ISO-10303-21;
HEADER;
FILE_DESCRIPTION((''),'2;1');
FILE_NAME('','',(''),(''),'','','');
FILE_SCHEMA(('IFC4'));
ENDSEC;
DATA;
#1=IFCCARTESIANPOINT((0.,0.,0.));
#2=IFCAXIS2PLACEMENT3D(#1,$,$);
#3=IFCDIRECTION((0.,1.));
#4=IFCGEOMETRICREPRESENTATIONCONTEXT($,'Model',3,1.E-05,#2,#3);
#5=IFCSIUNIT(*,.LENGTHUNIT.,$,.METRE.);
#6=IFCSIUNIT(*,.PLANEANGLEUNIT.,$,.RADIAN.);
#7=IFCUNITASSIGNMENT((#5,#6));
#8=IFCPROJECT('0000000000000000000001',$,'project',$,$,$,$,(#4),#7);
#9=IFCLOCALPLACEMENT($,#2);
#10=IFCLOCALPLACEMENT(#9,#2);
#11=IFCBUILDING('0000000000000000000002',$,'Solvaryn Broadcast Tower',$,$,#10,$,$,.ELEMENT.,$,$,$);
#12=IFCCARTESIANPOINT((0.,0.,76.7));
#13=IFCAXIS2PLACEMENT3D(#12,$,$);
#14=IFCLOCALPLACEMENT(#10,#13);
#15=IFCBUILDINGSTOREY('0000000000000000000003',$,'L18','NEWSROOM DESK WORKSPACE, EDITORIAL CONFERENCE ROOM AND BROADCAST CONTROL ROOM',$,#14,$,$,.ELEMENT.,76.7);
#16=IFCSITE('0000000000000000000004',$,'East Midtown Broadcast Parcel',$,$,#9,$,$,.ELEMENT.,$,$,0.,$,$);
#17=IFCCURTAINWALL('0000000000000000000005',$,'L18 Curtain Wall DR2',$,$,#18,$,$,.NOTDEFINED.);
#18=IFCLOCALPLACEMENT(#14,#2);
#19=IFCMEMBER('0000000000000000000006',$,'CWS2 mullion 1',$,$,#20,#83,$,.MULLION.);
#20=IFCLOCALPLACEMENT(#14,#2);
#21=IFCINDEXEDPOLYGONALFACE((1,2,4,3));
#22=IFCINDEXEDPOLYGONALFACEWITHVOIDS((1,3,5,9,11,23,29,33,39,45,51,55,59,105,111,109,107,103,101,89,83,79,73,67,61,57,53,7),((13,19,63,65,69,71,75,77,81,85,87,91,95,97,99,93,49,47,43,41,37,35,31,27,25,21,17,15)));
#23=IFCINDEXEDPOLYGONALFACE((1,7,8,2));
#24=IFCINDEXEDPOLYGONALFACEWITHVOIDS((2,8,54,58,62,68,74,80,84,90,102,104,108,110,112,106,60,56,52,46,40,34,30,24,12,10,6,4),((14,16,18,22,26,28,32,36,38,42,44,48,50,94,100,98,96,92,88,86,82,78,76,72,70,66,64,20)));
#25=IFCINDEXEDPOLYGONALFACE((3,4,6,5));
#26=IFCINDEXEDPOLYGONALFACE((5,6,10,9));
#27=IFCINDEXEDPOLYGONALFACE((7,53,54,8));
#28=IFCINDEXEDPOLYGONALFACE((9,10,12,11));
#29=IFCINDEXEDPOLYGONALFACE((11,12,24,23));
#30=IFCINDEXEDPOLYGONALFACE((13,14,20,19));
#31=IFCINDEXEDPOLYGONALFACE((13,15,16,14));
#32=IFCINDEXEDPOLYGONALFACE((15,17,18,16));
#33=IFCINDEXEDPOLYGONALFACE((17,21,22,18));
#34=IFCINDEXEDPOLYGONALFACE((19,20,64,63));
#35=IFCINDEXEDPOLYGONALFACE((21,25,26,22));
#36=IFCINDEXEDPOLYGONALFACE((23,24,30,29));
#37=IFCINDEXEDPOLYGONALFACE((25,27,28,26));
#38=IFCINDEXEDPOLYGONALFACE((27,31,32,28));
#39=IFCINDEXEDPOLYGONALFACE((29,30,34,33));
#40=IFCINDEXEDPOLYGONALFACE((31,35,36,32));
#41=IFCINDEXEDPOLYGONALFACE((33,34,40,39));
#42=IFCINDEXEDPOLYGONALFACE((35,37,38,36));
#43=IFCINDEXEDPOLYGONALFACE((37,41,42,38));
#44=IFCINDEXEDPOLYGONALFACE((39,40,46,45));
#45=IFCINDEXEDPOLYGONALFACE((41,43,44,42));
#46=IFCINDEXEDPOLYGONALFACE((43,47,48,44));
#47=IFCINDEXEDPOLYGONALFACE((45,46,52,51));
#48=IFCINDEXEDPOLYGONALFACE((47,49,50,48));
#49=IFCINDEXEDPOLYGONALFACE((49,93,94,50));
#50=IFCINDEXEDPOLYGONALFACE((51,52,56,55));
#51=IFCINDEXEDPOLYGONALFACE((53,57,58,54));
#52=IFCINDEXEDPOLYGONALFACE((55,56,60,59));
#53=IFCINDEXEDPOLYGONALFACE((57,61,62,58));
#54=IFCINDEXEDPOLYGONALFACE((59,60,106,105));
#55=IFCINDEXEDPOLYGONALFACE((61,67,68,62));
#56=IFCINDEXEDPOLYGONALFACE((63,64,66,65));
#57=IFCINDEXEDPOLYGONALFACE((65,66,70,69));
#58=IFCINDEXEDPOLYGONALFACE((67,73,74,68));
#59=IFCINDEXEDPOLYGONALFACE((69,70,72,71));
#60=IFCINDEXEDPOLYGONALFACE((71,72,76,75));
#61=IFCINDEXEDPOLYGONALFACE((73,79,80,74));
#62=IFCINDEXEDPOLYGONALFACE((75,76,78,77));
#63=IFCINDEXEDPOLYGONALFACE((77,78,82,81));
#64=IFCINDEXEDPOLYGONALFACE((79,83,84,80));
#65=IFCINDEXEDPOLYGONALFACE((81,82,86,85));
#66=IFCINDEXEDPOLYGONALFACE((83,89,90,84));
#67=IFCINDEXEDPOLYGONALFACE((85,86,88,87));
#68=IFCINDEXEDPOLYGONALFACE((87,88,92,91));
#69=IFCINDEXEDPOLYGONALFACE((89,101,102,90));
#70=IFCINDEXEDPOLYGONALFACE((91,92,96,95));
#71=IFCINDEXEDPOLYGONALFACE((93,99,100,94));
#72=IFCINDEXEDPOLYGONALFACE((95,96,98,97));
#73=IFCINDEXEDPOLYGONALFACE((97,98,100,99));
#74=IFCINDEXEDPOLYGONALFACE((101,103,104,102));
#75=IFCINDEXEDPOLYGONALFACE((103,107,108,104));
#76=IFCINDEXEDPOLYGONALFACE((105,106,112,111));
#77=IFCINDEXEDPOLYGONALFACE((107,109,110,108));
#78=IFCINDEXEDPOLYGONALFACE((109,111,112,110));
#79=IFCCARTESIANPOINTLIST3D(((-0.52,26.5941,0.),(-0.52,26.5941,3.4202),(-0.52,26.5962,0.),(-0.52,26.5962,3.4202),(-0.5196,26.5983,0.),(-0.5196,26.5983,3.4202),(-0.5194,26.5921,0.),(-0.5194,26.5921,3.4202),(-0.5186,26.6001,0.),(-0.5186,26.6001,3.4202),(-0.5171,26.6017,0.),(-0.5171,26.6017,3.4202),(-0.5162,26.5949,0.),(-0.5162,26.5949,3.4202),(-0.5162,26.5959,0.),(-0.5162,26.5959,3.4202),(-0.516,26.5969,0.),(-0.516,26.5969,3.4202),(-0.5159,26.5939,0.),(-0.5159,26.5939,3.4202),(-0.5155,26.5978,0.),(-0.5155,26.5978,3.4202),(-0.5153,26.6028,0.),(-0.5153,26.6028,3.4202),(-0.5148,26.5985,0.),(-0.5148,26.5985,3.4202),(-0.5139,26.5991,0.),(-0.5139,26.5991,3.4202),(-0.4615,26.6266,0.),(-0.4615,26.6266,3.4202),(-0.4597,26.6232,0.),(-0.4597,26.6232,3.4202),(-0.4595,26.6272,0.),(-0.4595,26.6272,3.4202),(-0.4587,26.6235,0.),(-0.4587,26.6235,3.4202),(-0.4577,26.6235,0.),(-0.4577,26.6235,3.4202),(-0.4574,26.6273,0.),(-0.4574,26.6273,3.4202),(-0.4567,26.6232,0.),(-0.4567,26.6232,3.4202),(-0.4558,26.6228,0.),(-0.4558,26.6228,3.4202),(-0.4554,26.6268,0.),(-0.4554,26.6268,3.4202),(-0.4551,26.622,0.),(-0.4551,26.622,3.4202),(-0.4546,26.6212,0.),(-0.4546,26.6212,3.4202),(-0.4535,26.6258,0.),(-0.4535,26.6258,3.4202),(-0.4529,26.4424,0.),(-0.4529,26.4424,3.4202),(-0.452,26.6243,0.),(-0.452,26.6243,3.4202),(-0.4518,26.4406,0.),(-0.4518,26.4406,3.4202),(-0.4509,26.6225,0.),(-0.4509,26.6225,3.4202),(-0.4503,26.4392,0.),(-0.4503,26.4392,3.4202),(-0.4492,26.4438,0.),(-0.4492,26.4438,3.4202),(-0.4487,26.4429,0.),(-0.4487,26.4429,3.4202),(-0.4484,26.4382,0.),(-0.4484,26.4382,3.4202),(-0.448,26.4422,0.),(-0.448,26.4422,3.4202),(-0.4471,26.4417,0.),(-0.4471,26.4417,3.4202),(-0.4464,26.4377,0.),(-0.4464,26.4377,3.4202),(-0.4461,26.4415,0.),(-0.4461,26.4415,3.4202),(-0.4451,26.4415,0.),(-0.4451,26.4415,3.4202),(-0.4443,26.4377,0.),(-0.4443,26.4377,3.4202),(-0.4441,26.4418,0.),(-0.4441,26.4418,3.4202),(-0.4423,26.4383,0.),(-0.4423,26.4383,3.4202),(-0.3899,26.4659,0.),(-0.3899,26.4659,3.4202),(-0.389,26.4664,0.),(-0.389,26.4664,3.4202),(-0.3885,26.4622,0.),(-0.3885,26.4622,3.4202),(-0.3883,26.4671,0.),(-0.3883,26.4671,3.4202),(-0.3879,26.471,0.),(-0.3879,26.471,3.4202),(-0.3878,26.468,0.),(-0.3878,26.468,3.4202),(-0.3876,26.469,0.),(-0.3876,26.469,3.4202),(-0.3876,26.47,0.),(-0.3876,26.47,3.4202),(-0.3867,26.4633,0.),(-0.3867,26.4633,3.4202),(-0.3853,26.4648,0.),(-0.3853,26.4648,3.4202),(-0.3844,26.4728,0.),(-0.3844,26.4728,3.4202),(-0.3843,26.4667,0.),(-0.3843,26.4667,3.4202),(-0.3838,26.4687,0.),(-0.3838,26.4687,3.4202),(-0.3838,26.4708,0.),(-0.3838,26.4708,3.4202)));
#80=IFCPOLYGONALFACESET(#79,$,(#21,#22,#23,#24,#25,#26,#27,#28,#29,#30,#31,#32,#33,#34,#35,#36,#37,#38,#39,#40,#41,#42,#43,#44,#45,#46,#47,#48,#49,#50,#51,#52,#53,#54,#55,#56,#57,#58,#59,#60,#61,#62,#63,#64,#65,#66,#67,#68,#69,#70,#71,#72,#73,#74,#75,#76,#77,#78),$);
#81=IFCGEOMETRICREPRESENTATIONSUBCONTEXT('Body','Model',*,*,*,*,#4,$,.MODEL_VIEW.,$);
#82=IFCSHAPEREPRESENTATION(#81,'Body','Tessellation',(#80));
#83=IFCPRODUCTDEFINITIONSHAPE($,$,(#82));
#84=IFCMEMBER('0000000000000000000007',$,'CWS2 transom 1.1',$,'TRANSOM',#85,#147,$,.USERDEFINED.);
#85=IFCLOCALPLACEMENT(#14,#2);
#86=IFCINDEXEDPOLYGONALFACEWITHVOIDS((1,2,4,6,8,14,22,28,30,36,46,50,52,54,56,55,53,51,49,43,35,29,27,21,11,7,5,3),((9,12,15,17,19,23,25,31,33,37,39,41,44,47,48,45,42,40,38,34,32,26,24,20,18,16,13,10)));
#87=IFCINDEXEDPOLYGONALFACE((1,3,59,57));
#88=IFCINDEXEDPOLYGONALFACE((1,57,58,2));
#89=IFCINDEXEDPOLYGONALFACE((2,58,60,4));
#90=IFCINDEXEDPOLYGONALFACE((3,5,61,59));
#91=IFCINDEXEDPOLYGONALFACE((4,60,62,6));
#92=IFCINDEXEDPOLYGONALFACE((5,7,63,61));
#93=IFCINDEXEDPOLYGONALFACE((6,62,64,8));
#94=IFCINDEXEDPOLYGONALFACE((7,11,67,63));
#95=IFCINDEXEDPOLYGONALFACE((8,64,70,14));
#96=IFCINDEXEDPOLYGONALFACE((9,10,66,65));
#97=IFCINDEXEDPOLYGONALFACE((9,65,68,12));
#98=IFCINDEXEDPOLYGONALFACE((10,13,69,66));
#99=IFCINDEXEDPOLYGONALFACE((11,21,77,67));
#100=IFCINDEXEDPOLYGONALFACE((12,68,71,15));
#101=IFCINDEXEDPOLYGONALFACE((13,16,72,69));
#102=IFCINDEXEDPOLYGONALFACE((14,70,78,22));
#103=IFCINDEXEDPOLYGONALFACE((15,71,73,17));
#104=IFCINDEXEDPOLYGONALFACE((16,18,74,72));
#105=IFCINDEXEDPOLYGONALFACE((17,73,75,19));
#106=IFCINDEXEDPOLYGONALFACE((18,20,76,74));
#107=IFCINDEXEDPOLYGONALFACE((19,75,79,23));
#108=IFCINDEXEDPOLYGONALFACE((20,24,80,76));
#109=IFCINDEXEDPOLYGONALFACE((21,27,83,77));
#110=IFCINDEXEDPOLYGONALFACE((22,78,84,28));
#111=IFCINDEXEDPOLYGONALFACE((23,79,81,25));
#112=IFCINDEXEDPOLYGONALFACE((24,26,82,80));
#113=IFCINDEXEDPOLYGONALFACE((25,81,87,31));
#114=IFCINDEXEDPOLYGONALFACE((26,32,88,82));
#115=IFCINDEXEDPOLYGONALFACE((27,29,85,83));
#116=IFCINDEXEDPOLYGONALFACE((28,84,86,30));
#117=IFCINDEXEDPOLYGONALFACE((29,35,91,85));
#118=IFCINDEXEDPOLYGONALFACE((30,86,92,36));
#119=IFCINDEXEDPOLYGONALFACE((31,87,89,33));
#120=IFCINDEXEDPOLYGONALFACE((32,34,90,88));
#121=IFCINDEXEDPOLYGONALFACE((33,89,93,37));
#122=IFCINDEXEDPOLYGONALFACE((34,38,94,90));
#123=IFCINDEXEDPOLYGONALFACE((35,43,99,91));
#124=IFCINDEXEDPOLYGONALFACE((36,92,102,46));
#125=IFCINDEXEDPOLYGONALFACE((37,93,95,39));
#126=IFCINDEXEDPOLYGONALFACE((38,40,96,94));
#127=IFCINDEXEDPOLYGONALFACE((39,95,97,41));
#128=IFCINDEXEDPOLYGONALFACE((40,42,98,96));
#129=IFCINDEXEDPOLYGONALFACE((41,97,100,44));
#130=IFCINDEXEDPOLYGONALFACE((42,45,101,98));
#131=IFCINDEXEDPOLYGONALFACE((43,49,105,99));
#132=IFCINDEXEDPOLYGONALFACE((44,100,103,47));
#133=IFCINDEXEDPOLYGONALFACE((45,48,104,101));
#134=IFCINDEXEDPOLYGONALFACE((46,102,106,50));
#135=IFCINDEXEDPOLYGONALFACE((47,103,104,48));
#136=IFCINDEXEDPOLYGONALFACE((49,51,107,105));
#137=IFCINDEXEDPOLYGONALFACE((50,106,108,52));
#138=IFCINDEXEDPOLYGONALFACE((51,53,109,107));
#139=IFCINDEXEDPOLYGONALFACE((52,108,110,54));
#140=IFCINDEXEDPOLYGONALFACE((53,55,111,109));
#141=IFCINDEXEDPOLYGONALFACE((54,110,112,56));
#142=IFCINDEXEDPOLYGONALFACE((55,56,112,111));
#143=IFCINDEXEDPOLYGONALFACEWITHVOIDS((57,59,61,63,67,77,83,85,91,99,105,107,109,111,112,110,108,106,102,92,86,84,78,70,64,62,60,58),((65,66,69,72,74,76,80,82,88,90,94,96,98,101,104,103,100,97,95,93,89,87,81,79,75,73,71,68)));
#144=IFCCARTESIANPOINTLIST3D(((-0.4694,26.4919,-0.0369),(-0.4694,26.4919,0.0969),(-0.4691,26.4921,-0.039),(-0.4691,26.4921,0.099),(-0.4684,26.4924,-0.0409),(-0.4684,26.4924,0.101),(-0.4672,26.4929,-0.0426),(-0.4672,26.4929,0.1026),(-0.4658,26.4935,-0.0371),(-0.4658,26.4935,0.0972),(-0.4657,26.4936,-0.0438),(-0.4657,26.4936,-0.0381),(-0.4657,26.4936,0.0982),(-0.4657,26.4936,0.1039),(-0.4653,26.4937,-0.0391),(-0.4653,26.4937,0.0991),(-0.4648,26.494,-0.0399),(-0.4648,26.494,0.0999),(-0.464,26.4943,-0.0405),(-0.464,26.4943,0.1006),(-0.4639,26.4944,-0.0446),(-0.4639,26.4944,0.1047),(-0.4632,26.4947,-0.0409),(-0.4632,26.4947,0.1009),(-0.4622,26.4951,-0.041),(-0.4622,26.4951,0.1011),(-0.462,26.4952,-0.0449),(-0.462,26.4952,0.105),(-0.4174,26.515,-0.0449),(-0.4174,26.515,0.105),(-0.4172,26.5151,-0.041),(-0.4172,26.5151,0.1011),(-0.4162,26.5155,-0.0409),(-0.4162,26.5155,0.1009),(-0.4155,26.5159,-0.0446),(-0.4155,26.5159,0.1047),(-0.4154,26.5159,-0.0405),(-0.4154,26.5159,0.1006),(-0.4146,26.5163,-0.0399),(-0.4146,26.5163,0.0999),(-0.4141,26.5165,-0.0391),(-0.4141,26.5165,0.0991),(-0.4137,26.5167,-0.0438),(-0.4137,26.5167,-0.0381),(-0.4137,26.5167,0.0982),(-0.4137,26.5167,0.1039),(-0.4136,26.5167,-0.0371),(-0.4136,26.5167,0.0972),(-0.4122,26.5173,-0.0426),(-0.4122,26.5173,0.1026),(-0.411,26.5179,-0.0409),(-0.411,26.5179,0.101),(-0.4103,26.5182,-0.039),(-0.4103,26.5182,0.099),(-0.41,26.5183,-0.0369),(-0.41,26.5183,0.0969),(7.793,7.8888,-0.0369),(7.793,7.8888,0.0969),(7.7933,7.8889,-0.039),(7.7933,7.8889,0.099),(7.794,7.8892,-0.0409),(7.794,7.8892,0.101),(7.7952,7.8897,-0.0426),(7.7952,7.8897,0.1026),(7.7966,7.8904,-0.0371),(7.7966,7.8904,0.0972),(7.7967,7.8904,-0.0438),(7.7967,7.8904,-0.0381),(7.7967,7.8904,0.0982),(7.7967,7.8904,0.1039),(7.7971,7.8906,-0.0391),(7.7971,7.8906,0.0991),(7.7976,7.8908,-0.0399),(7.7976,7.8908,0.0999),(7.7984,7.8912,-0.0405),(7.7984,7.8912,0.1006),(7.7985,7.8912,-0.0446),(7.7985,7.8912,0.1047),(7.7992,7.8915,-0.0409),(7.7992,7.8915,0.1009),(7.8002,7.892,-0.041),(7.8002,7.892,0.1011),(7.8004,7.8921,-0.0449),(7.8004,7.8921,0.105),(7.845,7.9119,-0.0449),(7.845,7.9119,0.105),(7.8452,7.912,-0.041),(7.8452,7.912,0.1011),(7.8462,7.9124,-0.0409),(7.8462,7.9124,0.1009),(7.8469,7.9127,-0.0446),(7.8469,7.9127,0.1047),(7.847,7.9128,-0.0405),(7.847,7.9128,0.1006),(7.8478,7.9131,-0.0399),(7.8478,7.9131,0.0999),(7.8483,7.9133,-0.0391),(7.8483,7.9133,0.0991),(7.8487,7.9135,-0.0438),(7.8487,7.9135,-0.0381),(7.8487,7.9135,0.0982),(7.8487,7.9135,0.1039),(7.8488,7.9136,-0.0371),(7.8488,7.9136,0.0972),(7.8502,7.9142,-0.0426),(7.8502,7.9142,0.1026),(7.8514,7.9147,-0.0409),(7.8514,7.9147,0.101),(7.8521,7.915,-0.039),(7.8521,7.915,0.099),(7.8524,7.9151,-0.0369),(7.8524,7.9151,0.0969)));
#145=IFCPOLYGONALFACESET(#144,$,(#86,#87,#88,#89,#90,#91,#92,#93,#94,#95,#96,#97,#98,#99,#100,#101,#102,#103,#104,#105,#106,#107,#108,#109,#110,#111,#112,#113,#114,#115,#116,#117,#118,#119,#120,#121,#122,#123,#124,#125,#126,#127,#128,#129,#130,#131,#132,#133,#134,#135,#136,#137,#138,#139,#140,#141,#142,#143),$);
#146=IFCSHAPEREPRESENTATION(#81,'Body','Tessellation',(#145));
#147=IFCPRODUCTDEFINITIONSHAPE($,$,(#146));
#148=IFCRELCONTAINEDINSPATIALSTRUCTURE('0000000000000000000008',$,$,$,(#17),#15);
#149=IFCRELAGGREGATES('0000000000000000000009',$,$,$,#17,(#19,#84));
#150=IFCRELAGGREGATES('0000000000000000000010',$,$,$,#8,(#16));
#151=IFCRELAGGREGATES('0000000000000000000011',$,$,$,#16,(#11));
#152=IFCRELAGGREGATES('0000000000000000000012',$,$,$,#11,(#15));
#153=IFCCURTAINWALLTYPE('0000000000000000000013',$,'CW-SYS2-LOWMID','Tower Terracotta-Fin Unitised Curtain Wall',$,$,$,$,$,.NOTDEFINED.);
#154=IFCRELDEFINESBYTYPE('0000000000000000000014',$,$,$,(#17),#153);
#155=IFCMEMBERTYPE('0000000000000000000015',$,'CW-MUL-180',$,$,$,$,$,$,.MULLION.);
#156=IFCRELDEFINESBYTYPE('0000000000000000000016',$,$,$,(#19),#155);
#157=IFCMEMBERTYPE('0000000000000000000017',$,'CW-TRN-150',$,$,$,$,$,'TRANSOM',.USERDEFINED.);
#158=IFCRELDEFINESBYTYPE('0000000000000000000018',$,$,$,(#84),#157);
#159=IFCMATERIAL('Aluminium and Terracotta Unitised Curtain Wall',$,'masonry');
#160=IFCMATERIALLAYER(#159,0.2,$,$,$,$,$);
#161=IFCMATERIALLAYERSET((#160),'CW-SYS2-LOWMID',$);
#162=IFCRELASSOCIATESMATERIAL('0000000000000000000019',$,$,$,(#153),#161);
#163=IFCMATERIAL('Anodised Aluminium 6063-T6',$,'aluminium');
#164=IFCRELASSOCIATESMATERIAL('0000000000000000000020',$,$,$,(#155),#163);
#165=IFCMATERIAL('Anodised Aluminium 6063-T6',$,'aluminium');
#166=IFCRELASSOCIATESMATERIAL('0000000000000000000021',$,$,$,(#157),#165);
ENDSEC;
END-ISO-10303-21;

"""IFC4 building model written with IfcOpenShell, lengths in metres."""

from ifc_helpers import new_model, si_unit, direction, frame, origin, origin_2d, place, context, subcontext, project, spatial, hollow_rectangle, extrude, material, layer, layer_set, material_profile, profile_set, type_object, element, aggregate, save


model = new_model("IFC4")

# Units and contexts
model_context = context("Model", 3, precision=1e-05, world=origin(), true_north=direction((0.0, 1.0)))
body_context = subcontext(model_context, "Body", "Model", "MODEL_VIEW")
ifc_project = project(units=[si_unit("LENGTHUNIT", "METRE"), si_unit("PLANEANGLEUNIT", "RADIAN")], contexts=[model_context])

# Site, building, storey
site_placement = place(None, origin())
site = spatial("IfcSite", under=ifc_project, at=site_placement, Name="East Midtown Broadcast Parcel", CompositionType="ELEMENT", RefElevation=0.0)
building_placement = place(site_placement, origin())
building = spatial("IfcBuilding", under=site, at=building_placement, Name="Solvaryn Broadcast Tower", CompositionType="ELEMENT")
storey_placement = place(building_placement, frame((0.0, 0.0, 76.7)))
storey = spatial("IfcBuildingStorey", under=building, at=storey_placement, Name="L18", Description="NEWSROOM DESK WORKSPACE, EDITORIAL CONFERENCE ROOM AND BROADCAST CONTROL ROOM", CompositionType="ELEMENT", Elevation=76.7)

# Shared definitions
ifc_material_1 = material(Name="Aluminium and Terracotta Unitised Curtain Wall", Category="masonry")
ifc_layer_1 = layer(ifc_material_1, 0.2)
ifc_layer_set_1 = layer_set([ifc_layer_1], Name="CW-SYS2-LOWMID")
curtain_wall_type = type_object("IfcCurtainWallType", Name="CW-SYS2-LOWMID", Description="Tower Terracotta-Fin Unitised Curtain Wall", PredefinedType="NOTDEFINED", material=ifc_layer_set_1)
ifc_material_2 = material(Name="Anodised Aluminium 6063-T6", Category="aluminium")
ifc_material_profile_1 = material_profile(ifc_material_2, hollow_rectangle(XDim=0.075, YDim=0.1799, WallThickness=0.0039, InnerFilletRadius=0.0039, OuterFilletRadius=0.0081, at=origin_2d()))
ifc_profile_set_1 = profile_set([ifc_material_profile_1], Name="Anodised Aluminium 6063-T6")
member_type_1 = type_object("IfcMemberType", Name="CW-MUL-180", PredefinedType="MULLION", material=ifc_profile_set_1)

# Curtain wall, members
curtain_wall_1_placement = place(storey_placement, origin())
curtain_wall_1 = element("IfcCurtainWall", 1, at=curtain_wall_1_placement, inside=storey, type_object=curtain_wall_type, Name="L18 Curtain Wall DR2", PredefinedType="NOTDEFINED")
member_1_placement = place(storey_placement, frame((-0.4519, 26.5325, 0.0), z_axis=(0.0, 0.0, 1.0), x_axis=(0.913918, 0.405898, 0.0)))
member_1 = element("IfcMember", 2, at=member_1_placement, type_object=member_type_1, Name="CWS2 mullion 1", PredefinedType="MULLION", context=body_context, shape_type="SweptSolid", body=[
    extrude(hollow_rectangle(XDim=0.075, YDim=0.1799, WallThickness=0.0039, InnerFilletRadius=0.0039, OuterFilletRadius=0.0081, at=origin_2d()), origin(), (0.0, 0.0, 1.0), 3.4202),
])
ifc_material_3 = material(Name="Anodised Aluminium 6063-T6", Category="aluminium")
ifc_material_profile_2 = material_profile(ifc_material_3, hollow_rectangle(XDim=0.0649, YDim=0.1499, WallThickness=0.0039, InnerFilletRadius=0.0039, OuterFilletRadius=0.0081, at=origin_2d()))
ifc_profile_set_2 = profile_set([ifc_material_profile_2], Name="Anodised Aluminium 6063-T6")
member_type_2 = type_object("IfcMemberType", Name="CW-TRN-150", ElementType="TRANSOM", PredefinedType="USERDEFINED", material=ifc_profile_set_2)
member_2_placement = place(storey_placement, frame((-0.4397, 26.5051, 0.03), z_axis=(0.405906, -0.913915, 0.0), x_axis=(0.913915, 0.405906, 0.0)))
member_2 = element("IfcMember", 3, at=member_2_placement, type_object=member_type_2, Name="CWS2 transom 1.1", ObjectType="TRANSOM", PredefinedType="USERDEFINED", context=body_context, shape_type="SweptSolid", body=[
    extrude(hollow_rectangle(XDim=0.0649, YDim=0.1499, WallThickness=0.0039, InnerFilletRadius=0.0039, OuterFilletRadius=0.0081, at=origin_2d()), origin(), (0.0, 0.0, 1.0), 20.3555),
])
aggregate(curtain_wall_1, [member_1, member_2])

save(model, "model.ifc")
